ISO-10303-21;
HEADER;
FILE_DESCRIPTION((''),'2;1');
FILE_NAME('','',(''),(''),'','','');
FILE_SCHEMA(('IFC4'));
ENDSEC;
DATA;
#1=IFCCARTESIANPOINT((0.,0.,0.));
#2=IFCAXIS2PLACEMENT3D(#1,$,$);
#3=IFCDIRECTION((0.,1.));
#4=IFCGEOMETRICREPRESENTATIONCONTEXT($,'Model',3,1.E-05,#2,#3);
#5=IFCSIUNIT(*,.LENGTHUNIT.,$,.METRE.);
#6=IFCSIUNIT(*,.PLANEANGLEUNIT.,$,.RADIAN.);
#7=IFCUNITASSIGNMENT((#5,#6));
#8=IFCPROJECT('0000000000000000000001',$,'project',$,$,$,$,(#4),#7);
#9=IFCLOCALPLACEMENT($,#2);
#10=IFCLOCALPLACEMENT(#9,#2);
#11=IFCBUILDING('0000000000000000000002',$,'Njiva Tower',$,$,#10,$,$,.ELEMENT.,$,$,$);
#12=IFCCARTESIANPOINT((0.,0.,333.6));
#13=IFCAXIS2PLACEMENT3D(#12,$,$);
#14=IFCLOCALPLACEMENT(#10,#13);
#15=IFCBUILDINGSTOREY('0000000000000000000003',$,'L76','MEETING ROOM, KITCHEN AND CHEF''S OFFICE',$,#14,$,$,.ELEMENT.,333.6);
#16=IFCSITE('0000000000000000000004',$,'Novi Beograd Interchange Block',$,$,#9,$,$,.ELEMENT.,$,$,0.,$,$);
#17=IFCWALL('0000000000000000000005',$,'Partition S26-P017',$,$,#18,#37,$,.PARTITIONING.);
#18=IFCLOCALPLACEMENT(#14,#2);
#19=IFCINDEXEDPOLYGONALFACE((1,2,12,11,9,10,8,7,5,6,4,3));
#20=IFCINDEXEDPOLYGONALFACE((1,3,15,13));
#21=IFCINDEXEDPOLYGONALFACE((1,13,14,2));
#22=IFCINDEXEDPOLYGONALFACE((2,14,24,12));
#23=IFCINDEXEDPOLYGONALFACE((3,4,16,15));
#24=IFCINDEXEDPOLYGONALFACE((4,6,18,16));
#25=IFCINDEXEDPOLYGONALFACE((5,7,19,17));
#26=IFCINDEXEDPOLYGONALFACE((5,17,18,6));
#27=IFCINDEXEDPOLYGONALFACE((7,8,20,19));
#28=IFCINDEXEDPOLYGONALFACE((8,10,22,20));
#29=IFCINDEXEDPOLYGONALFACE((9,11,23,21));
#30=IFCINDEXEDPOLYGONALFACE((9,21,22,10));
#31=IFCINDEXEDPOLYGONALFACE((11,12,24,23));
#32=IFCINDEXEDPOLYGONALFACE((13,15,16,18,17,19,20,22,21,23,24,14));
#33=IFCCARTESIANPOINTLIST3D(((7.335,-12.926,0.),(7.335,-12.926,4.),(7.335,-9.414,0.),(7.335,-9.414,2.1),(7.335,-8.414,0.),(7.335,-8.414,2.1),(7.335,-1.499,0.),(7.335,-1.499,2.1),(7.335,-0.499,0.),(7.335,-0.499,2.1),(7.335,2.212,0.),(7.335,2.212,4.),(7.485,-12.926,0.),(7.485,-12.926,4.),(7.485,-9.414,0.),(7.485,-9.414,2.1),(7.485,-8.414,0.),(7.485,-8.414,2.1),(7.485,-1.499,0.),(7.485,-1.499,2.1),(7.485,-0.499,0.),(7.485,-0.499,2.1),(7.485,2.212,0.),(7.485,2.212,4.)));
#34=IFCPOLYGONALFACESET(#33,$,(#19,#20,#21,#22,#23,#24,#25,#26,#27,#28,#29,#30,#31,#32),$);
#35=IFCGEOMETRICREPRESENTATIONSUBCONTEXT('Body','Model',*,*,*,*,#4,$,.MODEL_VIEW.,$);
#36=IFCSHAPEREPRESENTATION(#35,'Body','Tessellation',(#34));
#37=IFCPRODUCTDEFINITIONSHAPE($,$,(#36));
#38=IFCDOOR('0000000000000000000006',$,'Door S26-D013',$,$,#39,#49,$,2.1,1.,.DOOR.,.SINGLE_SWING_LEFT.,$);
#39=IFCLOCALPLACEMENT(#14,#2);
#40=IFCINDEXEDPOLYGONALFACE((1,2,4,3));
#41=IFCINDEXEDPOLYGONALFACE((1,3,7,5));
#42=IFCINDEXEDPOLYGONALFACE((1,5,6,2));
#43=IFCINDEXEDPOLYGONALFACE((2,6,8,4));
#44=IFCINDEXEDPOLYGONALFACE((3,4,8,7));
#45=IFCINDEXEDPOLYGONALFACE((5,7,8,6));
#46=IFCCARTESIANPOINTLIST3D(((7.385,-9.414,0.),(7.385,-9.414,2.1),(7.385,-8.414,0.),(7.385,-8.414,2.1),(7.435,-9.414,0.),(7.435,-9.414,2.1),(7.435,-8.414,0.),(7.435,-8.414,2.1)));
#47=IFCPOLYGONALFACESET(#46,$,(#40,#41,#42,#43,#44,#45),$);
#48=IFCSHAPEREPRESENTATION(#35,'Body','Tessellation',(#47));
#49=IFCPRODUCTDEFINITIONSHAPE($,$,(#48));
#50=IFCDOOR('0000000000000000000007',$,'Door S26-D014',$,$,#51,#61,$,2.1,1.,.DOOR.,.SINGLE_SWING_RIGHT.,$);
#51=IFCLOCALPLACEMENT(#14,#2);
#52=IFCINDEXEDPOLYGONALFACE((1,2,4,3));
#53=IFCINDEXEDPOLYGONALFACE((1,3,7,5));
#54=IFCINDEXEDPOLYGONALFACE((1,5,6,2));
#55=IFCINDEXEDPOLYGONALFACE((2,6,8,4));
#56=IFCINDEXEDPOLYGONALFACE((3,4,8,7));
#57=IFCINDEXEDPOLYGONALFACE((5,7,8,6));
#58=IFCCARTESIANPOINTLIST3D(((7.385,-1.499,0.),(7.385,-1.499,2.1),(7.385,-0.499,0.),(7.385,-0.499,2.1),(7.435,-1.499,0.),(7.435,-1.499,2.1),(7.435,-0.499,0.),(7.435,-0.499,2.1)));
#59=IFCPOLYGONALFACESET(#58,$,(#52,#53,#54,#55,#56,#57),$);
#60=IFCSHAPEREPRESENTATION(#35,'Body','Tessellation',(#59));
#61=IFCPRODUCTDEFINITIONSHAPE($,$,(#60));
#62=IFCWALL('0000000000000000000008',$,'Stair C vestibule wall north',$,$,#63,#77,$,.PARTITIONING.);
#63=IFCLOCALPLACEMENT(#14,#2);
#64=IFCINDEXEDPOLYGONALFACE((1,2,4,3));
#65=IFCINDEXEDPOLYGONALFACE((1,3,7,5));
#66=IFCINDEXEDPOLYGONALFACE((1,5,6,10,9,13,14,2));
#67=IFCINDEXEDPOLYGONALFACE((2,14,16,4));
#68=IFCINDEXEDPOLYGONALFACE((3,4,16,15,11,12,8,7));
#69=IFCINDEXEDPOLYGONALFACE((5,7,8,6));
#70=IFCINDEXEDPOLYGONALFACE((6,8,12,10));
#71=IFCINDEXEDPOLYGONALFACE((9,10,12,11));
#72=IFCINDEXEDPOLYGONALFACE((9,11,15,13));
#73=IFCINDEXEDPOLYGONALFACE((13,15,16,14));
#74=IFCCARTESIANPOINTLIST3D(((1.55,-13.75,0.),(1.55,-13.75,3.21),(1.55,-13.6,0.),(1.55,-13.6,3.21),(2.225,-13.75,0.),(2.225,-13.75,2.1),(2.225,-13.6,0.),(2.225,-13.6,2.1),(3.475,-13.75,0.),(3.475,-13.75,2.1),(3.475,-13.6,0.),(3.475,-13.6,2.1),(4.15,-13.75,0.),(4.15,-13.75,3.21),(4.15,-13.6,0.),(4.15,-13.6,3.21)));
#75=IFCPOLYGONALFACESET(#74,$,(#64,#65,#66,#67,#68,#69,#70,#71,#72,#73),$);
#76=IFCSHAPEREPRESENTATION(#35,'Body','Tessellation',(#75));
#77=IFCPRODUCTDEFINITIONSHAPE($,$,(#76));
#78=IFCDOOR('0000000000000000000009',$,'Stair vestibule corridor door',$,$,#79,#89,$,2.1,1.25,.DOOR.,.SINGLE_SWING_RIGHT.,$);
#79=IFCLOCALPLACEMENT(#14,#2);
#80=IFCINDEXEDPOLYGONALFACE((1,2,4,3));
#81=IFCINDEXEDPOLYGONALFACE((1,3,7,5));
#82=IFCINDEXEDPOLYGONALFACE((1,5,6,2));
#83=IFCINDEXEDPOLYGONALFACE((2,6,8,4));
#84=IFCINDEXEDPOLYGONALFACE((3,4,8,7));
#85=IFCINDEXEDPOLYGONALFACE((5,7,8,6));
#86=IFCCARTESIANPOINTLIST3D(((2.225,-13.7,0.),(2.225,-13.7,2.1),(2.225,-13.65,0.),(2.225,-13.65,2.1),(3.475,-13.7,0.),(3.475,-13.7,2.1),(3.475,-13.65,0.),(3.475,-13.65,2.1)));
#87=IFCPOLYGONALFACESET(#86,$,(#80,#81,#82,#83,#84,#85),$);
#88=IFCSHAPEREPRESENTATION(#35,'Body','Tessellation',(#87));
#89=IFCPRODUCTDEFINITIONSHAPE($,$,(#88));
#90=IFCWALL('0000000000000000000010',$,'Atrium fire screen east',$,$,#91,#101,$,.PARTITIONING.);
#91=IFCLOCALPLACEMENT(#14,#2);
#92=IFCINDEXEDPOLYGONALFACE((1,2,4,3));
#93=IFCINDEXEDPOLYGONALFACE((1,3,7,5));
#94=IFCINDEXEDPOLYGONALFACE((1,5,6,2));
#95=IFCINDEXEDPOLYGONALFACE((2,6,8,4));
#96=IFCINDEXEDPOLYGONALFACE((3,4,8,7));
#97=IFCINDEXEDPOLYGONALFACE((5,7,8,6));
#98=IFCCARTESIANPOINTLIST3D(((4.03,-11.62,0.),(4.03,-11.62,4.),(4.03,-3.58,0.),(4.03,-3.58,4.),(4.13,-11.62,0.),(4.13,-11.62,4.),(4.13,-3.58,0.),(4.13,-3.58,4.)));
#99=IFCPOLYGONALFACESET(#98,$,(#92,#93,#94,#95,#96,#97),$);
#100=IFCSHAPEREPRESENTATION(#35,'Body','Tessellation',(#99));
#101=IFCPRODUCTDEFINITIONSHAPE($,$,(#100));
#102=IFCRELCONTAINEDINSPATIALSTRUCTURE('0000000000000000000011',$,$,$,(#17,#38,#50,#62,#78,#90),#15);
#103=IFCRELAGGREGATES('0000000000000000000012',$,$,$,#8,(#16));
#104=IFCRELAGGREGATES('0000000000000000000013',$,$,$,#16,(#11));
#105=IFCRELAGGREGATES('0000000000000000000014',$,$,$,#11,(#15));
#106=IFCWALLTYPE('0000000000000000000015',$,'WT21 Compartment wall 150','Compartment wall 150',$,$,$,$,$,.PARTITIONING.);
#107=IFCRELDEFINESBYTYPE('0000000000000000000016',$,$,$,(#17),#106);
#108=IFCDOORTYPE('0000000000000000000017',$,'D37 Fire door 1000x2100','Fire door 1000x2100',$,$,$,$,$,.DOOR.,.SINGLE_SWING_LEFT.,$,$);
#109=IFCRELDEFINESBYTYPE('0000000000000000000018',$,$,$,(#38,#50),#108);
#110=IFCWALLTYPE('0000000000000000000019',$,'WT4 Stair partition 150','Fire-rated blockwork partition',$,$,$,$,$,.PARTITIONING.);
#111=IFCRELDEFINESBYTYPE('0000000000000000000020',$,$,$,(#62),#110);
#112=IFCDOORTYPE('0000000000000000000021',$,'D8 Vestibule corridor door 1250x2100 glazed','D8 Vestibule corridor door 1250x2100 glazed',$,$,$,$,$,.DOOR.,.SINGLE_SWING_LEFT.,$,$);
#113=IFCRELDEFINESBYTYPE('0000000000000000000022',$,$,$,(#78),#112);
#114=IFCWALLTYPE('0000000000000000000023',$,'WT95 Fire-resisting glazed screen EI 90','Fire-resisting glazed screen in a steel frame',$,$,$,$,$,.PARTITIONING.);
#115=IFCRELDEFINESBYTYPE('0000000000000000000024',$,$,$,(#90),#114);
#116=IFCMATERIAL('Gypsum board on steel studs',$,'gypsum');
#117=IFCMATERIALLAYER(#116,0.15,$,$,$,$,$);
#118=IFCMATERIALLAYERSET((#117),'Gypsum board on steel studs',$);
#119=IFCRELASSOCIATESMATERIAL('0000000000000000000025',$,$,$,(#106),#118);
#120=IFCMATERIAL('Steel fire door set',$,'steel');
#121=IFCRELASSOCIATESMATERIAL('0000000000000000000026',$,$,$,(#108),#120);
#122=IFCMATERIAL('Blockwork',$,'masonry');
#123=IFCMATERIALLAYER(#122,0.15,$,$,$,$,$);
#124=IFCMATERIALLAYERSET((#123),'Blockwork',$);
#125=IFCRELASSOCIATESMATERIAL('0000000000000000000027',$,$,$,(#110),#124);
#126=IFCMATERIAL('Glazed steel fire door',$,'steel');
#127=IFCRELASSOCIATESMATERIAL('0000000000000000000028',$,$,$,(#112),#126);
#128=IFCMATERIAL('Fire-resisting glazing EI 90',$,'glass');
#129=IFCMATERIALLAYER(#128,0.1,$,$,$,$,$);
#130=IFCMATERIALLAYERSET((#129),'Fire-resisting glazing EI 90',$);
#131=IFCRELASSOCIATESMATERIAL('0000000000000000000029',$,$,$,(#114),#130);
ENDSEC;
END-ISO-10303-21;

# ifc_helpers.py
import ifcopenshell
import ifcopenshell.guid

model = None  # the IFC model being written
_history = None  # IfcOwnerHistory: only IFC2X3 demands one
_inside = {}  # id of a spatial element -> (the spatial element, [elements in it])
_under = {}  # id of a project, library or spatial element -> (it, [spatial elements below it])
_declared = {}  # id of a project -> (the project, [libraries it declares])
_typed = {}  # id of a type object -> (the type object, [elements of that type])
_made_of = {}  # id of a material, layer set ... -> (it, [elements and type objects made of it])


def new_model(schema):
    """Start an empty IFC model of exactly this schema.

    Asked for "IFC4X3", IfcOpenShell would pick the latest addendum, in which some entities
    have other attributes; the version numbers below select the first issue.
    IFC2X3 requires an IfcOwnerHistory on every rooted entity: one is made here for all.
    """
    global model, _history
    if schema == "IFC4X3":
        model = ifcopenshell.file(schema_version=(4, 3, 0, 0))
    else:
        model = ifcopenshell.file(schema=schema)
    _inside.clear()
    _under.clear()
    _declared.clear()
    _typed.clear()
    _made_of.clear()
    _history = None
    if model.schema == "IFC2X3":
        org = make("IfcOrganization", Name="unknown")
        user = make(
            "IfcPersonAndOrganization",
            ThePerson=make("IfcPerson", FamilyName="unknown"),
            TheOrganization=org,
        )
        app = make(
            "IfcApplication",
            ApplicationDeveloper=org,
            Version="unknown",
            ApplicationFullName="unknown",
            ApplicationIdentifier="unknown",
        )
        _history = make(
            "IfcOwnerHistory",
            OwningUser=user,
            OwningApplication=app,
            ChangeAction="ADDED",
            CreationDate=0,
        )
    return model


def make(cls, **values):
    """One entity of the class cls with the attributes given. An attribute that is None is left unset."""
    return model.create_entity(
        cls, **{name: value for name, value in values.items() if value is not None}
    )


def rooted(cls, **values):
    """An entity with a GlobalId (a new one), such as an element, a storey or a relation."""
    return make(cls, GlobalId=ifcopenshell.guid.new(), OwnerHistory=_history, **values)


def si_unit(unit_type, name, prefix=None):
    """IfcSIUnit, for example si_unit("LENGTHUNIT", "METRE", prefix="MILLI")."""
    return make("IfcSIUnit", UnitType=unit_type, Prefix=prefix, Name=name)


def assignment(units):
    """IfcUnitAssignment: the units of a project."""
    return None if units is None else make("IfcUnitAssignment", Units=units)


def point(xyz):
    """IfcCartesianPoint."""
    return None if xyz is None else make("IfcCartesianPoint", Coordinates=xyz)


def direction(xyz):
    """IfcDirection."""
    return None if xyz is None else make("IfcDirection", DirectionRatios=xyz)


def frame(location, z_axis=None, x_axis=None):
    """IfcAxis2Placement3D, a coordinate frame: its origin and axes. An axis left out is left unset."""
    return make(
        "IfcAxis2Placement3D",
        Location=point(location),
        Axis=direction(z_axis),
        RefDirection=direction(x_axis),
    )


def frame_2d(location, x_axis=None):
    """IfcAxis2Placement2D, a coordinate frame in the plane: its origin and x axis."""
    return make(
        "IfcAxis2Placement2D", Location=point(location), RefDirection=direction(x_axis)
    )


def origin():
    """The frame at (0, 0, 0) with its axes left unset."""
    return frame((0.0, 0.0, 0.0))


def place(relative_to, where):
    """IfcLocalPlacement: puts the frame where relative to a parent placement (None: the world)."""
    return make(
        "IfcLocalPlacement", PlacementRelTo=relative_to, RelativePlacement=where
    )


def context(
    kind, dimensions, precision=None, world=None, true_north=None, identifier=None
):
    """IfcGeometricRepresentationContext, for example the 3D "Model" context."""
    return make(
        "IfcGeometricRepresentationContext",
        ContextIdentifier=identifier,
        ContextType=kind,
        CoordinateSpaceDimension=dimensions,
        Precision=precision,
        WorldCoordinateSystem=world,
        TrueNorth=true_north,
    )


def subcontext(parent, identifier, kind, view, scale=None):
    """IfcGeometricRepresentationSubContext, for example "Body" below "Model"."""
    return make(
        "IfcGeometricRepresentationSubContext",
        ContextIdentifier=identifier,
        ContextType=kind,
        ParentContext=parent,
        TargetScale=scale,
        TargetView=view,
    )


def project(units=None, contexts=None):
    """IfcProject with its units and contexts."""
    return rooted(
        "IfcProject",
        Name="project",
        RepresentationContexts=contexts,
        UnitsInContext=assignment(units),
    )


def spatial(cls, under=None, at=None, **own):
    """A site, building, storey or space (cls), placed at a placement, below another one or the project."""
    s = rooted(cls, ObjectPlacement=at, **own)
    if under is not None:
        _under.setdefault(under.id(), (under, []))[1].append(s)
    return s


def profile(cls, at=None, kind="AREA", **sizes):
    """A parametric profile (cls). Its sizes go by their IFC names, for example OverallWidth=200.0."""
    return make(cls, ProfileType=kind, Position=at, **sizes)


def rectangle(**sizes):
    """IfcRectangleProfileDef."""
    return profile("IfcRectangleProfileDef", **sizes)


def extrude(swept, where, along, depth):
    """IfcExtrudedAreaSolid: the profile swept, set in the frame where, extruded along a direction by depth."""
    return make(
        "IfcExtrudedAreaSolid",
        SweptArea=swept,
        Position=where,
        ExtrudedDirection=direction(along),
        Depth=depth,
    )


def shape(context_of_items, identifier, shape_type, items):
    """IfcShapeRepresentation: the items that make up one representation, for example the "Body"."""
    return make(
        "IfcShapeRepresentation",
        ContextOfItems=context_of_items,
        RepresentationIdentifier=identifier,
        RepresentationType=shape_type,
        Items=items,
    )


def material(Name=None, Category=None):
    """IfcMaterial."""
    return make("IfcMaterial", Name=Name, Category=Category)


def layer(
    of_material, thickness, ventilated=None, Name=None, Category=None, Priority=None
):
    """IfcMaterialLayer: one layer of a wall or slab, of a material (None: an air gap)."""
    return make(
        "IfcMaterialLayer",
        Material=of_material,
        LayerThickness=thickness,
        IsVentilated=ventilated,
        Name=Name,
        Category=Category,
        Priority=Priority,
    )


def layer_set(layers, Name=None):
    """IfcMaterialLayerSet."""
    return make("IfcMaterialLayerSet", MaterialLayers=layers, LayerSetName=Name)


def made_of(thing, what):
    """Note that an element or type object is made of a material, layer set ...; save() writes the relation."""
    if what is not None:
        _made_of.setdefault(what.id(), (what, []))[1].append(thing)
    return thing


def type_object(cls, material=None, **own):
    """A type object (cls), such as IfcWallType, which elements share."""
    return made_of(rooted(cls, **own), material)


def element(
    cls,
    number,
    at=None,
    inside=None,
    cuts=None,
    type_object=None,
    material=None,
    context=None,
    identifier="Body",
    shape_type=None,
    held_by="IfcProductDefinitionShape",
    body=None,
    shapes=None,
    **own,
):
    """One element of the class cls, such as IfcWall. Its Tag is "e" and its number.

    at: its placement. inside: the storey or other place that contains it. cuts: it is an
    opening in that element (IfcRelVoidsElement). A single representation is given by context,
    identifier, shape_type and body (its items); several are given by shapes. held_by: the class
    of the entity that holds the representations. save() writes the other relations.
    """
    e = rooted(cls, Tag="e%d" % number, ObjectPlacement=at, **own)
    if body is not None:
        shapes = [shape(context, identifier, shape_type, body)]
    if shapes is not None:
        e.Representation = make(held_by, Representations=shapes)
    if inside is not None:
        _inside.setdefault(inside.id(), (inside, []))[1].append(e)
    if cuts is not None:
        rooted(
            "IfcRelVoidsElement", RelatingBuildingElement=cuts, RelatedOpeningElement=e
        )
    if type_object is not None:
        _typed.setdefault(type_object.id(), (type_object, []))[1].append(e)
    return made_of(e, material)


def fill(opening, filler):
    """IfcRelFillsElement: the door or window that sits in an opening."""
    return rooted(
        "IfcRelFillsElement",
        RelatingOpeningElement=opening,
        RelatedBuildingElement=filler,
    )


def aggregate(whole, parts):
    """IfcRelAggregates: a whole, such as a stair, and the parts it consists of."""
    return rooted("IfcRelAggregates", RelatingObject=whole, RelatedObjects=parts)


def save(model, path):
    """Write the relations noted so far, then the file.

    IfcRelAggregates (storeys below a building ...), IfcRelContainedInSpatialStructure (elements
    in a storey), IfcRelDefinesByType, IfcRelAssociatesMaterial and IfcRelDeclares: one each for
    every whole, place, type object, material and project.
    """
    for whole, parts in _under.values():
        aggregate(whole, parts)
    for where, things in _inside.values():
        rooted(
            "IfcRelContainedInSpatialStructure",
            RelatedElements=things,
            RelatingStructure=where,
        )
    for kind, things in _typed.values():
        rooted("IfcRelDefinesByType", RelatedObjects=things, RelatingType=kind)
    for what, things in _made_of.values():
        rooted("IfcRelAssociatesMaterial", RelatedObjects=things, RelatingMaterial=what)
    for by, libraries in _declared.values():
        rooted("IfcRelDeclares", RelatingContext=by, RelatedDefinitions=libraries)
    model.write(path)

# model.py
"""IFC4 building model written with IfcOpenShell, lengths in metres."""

from ifc_helpers import new_model, si_unit, direction, frame, frame_2d, origin, place, context, subcontext, project, spatial, rectangle, extrude, material, layer, layer_set, type_object, element, fill, save


model = new_model("IFC4")

# Units and contexts
model_context = context("Model", 3, precision=1e-05, world=origin(), true_north=direction((0.0, 1.0)))
body_context = subcontext(model_context, "Body", "Model", "MODEL_VIEW")
ifc_project = project(units=[si_unit("LENGTHUNIT", "METRE"), si_unit("PLANEANGLEUNIT", "RADIAN")], contexts=[model_context])

# Site, building, storey
site_placement = place(None, origin())
site = spatial("IfcSite", under=ifc_project, at=site_placement, Name="Novi Beograd Interchange Block", CompositionType="ELEMENT", RefElevation=0.0)
building_placement = place(site_placement, origin())
building = spatial("IfcBuilding", under=site, at=building_placement, Name="Njiva Tower", CompositionType="ELEMENT")
storey_placement = place(building_placement, frame((0.0, 0.0, 333.6)))
storey = spatial("IfcBuildingStorey", under=building, at=storey_placement, Name="L76", Description="MEETING ROOM, KITCHEN AND CHEF'S OFFICE", CompositionType="ELEMENT", Elevation=333.6)

# Shared definitions
ifc_material_1 = material(Name="Gypsum board on steel studs", Category="gypsum")
ifc_layer_1 = layer(ifc_material_1, 0.15)
ifc_layer_set_1 = layer_set([ifc_layer_1], Name="Gypsum board on steel studs")
wall_type_1 = type_object("IfcWallType", Name="WT21 Compartment wall 150", Description="Compartment wall 150", PredefinedType="PARTITIONING", material=ifc_layer_set_1)

# Wall, openings, doors
wall_1_placement = place(storey_placement, frame((7.41, -12.926, 0.0), z_axis=(0.0, 0.0, 1.0), x_axis=(0.0, 1.0, 0.0)))
wall_1 = element("IfcWall", 1, at=wall_1_placement, inside=storey, type_object=wall_type_1, Name="Partition S26-P017", PredefinedType="PARTITIONING", context=body_context, shape_type="SweptSolid", body=[
    extrude(rectangle(XDim=15.138, YDim=0.15, at=frame_2d((7.569, 0.0))), origin(), (0.0, 0.0, 1.0), 4.0),
])
opening_1_placement = place(wall_1_placement, frame((3.512, 0.0, 0.0)))
opening_1 = element("IfcOpeningElement", 2, at=opening_1_placement, cuts=wall_1, PredefinedType="OPENING", context=body_context, shape_type="SweptSolid", body=[
    extrude(rectangle(XDim=1.0, YDim=2.1, at=frame_2d((0.5, 1.05))), frame((0.0, 0.085, 0.0), z_axis=(0.0, -1.0, 0.0), x_axis=(1.0, 0.0, 0.0)), (0.0, 0.0, 1.0), 0.17),
])
opening_2_placement = place(wall_1_placement, frame((11.427, 0.0, 0.0)))
opening_2 = element("IfcOpeningElement", 3, at=opening_2_placement, cuts=wall_1, PredefinedType="OPENING", context=body_context, shape_type="SweptSolid", body=[
    extrude(rectangle(XDim=1.0, YDim=2.1, at=frame_2d((0.5, 1.05))), frame((0.0, 0.085, 0.0), z_axis=(0.0, -1.0, 0.0), x_axis=(1.0, 0.0, 0.0)), (0.0, 0.0, 1.0), 0.17),
])
ifc_material_2 = material(Name="Steel fire door set", Category="steel")
door_type_1 = type_object("IfcDoorType", Name="D37 Fire door 1000x2100", Description="Fire door 1000x2100", OperationType="SINGLE_SWING_LEFT", PredefinedType="DOOR", material=ifc_material_2)
door_1_placement = place(opening_1_placement, origin())
door_1 = element("IfcDoor", 4, at=door_1_placement, inside=storey, type_object=door_type_1, Name="Door S26-D013", OperationType="SINGLE_SWING_LEFT", OverallHeight=2.1, OverallWidth=1.0, PredefinedType="DOOR", context=body_context, shape_type="SweptSolid", body=[
    extrude(rectangle(XDim=1.0, YDim=2.1, at=frame_2d((0.5, 1.05))), frame((0.0, 0.025, 0.0), z_axis=(0.0, -1.0, 0.0), x_axis=(1.0, 0.0, 0.0)), (0.0, 0.0, 1.0), 0.05),
])
fill(opening_1, door_1)
door_2_placement = place(opening_2_placement, origin())
door_2 = element("IfcDoor", 5, at=door_2_placement, inside=storey, type_object=door_type_1, Name="Door S26-D014", OperationType="SINGLE_SWING_RIGHT", OverallHeight=2.1, OverallWidth=1.0, PredefinedType="DOOR", context=body_context, shape_type="SweptSolid", body=[
    extrude(rectangle(XDim=1.0, YDim=2.1, at=frame_2d((0.5, 1.05))), frame((0.0, 0.025, 0.0), z_axis=(0.0, -1.0, 0.0), x_axis=(1.0, 0.0, 0.0)), (0.0, 0.0, 1.0), 0.05),
])
fill(opening_2, door_2)

# Wall, opening, door
ifc_material_3 = material(Name="Blockwork", Category="masonry")
ifc_layer_2 = layer(ifc_material_3, 0.15)
ifc_layer_set_2 = layer_set([ifc_layer_2], Name="Blockwork")
wall_type_2 = type_object("IfcWallType", Name="WT4 Stair partition 150", Description="Fire-rated blockwork partition", PredefinedType="PARTITIONING", material=ifc_layer_set_2)
wall_2_placement = place(storey_placement, frame((1.55, -13.675, 0.0), z_axis=(0.0, 0.0, 1.0), x_axis=(1.0, 0.0, 0.0)))
wall_2 = element("IfcWall", 6, at=wall_2_placement, inside=storey, type_object=wall_type_2, Name="Stair C vestibule wall north", PredefinedType="PARTITIONING", context=body_context, shape_type="SweptSolid", body=[
    extrude(rectangle(XDim=2.6, YDim=0.15, at=frame_2d((1.3, 0.0))), origin(), (0.0, 0.0, 1.0), 3.21),
])
opening_3_placement = place(wall_2_placement, frame((0.675, 0.0, 0.0)))
opening_3 = element("IfcOpeningElement", 7, at=opening_3_placement, cuts=wall_2, PredefinedType="OPENING", context=body_context, shape_type="SweptSolid", body=[
    extrude(rectangle(XDim=1.25, YDim=2.1, at=frame_2d((0.625, 1.05))), frame((0.0, 0.085, 0.0), z_axis=(0.0, -1.0, 0.0), x_axis=(1.0, 0.0, 0.0)), (0.0, 0.0, 1.0), 0.17),
])
ifc_material_4 = material(Name="Glazed steel fire door", Category="steel")
door_type_2 = type_object("IfcDoorType", Name="D8 Vestibule corridor door 1250x2100 glazed", Description="D8 Vestibule corridor door 1250x2100 glazed", OperationType="SINGLE_SWING_LEFT", PredefinedType="DOOR", material=ifc_material_4)
door_3_placement = place(opening_3_placement, origin())
door_3 = element("IfcDoor", 8, at=door_3_placement, inside=storey, type_object=door_type_2, Name="Stair vestibule corridor door", OperationType="SINGLE_SWING_RIGHT", OverallHeight=2.1, OverallWidth=1.25, PredefinedType="DOOR", context=body_context, shape_type="SweptSolid", body=[
    extrude(rectangle(XDim=1.25, YDim=2.1, at=frame_2d((0.625, 1.05))), frame((0.0, 0.025, 0.0), z_axis=(0.0, -1.0, 0.0), x_axis=(1.0, 0.0, 0.0)), (0.0, 0.0, 1.0), 0.05),
])
fill(opening_3, door_3)

# Wall
ifc_material_5 = material(Name="Fire-resisting glazing EI 90", Category="glass")
ifc_layer_3 = layer(ifc_material_5, 0.1)
ifc_layer_set_3 = layer_set([ifc_layer_3], Name="Fire-resisting glazing EI 90")
wall_type_3 = type_object("IfcWallType", Name="WT95 Fire-resisting glazed screen EI 90", Description="Fire-resisting glazed screen in a steel frame", PredefinedType="PARTITIONING", material=ifc_layer_set_3)
wall_3_placement = place(storey_placement, frame((4.08, -11.62, 0.0), z_axis=(0.0, 0.0, 1.0), x_axis=(0.0, 1.0, 0.0)))
element("IfcWall", 9, at=wall_3_placement, inside=storey, type_object=wall_type_3, Name="Atrium fire screen east", PredefinedType="PARTITIONING", context=body_context, shape_type="SweptSolid", body=[
    extrude(rectangle(XDim=8.04, YDim=0.1, at=frame_2d((4.02, 0.0))), origin(), (0.0, 0.0, 1.0), 4.0),
])

save(model, "model.ifc")
